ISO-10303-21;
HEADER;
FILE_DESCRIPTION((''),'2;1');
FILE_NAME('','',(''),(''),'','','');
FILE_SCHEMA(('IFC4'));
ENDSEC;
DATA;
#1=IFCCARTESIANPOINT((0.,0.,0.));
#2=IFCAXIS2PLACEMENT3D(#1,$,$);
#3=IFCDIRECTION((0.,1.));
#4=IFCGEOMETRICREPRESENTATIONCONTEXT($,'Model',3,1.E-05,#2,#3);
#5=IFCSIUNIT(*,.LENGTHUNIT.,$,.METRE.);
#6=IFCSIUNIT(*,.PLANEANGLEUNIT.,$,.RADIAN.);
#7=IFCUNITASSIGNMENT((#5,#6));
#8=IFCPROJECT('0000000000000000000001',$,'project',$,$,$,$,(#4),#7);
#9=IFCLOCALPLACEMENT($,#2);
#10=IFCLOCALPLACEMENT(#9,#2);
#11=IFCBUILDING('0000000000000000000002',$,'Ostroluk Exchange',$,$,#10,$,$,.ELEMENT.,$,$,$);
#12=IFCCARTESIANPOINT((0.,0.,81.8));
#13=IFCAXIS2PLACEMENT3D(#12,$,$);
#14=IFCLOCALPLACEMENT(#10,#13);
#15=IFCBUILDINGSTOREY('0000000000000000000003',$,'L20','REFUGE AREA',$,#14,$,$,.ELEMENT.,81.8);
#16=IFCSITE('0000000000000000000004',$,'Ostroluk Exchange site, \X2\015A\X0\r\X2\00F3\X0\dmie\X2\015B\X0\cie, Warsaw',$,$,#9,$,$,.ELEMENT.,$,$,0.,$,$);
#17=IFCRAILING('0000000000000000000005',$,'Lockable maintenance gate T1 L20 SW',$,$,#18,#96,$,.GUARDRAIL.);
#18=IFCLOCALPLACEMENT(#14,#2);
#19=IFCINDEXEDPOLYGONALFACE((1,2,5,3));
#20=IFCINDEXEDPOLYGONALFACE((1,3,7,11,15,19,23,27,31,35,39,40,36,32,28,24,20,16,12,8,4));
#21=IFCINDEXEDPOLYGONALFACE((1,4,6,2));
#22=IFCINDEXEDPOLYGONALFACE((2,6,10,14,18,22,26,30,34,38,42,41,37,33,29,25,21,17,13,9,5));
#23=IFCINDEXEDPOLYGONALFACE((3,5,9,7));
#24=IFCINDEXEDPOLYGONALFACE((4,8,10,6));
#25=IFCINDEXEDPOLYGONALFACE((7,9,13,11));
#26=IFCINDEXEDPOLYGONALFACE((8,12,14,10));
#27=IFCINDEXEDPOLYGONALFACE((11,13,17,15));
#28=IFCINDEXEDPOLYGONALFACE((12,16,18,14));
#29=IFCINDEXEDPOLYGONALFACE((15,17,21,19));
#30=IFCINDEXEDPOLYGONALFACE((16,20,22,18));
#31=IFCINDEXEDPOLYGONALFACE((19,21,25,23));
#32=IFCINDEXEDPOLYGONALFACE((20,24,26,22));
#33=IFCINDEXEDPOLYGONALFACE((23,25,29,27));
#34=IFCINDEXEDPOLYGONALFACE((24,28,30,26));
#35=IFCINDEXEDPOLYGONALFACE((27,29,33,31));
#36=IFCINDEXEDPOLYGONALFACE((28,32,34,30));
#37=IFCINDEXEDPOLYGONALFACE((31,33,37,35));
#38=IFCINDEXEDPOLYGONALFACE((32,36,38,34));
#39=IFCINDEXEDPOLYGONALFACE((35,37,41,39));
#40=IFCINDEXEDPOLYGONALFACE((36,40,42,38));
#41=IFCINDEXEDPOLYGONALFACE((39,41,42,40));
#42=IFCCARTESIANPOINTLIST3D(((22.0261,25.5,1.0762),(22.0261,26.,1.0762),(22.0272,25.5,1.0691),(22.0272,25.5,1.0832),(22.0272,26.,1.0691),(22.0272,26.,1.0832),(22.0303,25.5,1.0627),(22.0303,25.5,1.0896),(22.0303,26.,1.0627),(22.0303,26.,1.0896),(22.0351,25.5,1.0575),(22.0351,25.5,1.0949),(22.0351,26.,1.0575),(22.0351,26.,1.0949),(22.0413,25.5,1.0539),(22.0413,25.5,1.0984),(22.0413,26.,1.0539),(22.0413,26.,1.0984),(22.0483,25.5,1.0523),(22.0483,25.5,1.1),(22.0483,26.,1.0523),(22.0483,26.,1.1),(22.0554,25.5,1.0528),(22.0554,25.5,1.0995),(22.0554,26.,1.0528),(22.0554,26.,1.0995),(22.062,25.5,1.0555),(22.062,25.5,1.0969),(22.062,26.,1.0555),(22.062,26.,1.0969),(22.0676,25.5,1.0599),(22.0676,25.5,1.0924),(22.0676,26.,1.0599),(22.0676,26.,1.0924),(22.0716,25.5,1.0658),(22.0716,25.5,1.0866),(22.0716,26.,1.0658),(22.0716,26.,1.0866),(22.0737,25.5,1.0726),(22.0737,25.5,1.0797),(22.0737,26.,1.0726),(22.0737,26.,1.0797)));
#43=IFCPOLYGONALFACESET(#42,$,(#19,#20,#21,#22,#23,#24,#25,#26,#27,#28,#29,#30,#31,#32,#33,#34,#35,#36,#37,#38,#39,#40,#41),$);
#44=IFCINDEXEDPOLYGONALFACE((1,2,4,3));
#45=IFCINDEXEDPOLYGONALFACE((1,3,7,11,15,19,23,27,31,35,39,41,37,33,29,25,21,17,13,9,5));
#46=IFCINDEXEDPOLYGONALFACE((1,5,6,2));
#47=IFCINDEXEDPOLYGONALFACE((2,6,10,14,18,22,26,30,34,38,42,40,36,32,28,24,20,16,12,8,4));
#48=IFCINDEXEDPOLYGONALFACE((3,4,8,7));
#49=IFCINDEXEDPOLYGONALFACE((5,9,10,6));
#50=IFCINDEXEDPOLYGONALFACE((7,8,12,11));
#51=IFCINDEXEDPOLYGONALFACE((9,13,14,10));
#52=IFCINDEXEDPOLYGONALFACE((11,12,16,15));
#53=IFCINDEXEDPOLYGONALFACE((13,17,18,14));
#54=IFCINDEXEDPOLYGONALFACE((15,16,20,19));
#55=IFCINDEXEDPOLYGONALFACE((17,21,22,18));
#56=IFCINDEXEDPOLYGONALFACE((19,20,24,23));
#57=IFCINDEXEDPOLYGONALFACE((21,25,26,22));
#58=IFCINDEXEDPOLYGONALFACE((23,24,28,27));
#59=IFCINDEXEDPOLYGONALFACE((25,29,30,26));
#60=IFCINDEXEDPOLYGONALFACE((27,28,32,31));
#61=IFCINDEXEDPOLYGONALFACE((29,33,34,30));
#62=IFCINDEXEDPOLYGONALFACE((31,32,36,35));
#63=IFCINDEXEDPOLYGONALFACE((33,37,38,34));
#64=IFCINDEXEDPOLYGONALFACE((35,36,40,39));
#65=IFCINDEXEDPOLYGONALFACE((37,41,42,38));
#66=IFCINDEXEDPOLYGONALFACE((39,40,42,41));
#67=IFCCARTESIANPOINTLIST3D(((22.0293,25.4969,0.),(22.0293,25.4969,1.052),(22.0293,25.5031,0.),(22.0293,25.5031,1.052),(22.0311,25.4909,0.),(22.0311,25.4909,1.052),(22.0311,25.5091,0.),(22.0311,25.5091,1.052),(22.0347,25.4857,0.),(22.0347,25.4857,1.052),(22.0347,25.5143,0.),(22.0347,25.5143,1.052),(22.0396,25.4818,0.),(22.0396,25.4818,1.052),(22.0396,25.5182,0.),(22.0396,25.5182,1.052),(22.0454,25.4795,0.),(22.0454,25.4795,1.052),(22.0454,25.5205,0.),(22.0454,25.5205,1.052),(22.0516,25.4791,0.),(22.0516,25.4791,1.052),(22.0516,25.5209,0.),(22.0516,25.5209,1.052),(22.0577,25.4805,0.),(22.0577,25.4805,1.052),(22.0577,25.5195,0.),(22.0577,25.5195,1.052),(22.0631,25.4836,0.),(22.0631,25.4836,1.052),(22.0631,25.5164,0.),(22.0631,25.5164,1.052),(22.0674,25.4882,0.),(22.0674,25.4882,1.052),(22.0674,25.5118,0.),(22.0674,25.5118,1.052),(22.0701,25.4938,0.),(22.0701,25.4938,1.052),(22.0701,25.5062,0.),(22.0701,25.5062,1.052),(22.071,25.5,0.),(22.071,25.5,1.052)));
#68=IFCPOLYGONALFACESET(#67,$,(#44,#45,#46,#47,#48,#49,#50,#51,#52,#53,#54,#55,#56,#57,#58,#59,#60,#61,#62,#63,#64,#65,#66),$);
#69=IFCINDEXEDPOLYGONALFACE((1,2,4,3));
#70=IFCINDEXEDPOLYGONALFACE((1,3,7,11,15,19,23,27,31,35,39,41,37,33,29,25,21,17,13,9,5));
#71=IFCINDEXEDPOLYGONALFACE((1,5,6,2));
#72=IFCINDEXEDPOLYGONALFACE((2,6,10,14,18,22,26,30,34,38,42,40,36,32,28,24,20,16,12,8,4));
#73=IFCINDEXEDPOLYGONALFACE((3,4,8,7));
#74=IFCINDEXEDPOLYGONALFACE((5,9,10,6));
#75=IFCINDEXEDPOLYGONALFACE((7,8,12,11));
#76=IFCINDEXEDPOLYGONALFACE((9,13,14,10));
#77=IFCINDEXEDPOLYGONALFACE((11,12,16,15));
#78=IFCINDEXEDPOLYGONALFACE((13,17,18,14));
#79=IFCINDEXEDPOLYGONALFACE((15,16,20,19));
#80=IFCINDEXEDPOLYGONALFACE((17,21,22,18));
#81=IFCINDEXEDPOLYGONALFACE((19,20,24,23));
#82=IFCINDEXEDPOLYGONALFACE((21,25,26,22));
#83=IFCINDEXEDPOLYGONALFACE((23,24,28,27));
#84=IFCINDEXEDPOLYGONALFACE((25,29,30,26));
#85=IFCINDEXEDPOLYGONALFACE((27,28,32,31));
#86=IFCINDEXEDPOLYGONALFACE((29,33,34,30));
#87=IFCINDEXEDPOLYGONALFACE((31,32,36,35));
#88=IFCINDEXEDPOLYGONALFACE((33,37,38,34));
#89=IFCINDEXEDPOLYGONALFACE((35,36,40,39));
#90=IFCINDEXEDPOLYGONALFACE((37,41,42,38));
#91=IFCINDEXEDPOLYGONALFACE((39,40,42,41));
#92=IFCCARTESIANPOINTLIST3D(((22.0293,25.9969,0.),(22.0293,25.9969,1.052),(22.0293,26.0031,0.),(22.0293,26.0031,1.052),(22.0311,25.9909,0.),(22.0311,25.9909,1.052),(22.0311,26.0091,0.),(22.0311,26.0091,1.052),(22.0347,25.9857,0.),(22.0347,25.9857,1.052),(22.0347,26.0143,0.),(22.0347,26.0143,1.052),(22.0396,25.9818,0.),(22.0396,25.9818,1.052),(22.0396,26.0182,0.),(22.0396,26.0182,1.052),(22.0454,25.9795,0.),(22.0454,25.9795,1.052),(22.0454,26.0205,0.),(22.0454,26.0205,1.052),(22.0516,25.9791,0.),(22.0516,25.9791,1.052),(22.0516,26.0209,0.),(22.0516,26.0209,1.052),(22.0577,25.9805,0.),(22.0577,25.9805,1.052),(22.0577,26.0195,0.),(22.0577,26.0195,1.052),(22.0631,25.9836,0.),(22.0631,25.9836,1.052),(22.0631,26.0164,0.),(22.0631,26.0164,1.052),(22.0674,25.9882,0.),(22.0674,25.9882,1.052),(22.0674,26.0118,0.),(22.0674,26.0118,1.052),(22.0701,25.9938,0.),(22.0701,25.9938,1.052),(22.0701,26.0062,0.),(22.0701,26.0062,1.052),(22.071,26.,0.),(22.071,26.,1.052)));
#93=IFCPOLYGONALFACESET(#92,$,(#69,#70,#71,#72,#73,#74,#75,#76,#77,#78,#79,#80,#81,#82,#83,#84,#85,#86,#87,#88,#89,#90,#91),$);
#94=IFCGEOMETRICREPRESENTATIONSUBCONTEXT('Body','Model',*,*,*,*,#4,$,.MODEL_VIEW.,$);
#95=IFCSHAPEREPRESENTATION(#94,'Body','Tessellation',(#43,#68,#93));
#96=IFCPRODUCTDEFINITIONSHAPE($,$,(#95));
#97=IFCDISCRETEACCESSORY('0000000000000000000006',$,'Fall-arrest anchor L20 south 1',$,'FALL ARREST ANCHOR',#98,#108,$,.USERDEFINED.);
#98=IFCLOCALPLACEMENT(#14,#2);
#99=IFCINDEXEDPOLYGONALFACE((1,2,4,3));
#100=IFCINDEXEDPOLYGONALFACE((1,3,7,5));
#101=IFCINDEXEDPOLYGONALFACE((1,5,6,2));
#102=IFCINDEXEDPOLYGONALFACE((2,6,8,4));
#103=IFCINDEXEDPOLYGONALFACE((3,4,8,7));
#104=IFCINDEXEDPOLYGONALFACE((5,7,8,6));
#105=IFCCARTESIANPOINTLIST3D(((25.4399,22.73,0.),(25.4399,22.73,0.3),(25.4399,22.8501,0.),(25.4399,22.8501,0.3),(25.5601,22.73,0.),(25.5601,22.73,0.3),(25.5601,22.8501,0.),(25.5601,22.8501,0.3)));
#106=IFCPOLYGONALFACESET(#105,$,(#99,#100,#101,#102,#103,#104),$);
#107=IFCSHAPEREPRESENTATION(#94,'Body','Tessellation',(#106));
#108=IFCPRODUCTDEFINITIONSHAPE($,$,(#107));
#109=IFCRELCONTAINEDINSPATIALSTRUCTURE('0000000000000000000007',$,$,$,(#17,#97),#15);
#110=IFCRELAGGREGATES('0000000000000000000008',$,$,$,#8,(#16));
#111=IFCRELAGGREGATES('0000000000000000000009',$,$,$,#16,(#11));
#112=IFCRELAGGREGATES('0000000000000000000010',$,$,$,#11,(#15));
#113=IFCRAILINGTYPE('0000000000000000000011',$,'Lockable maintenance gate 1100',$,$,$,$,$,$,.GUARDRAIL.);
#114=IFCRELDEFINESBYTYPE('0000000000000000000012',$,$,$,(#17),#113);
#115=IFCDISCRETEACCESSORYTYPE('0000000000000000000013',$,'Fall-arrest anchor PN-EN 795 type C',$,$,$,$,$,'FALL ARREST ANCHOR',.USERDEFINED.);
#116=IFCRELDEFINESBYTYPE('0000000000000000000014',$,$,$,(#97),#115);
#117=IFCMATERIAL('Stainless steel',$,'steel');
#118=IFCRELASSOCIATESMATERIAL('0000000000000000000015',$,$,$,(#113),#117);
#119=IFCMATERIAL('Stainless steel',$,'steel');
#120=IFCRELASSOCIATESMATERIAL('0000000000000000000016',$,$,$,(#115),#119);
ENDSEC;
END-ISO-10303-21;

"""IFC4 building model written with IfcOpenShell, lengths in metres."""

from ifc_helpers import new_model, si_unit, direction, frame, origin, origin_2d, place, context, subcontext, project, spatial, rectangle, circle, extrude, material, type_object, element, save


model = new_model("IFC4")

# Units and contexts
model_context = context("Model", 3, precision=1e-05, world=origin(), true_north=direction((0.0, 1.0)))
body_context = subcontext(model_context, "Body", "Model", "MODEL_VIEW")
ifc_project = project(units=[si_unit("LENGTHUNIT", "METRE"), si_unit("PLANEANGLEUNIT", "RADIAN")], contexts=[model_context])

# Site, building, storey
site_placement = place(None, origin())
site = spatial("IfcSite", under=ifc_project, at=site_placement, Name="Ostroluk Exchange site, Śródmieście, Warsaw", CompositionType="ELEMENT", RefElevation=0.0)
building_placement = place(site_placement, origin())
building = spatial("IfcBuilding", under=site, at=building_placement, Name="Ostroluk Exchange", CompositionType="ELEMENT")
storey_placement = place(building_placement, frame((0.0, 0.0, 81.8)))
storey = spatial("IfcBuildingStorey", under=building, at=storey_placement, Name="L20", Description="REFUGE AREA", CompositionType="ELEMENT", Elevation=81.8)

# Railing
ifc_material_1 = material(Name="Stainless steel", Category="steel")
railing_type_1 = type_object("IfcRailingType", Name="Lockable maintenance gate 1100", PredefinedType="GUARDRAIL", material=ifc_material_1)
railing_1_placement = place(storey_placement, frame((22.05, 25.5, 0.0)))
element("IfcRailing", 1, at=railing_1_placement, inside=storey, type_object=railing_type_1, Name="Lockable maintenance gate T1 L20 SW", PredefinedType="GUARDRAIL", context=body_context, shape_type="SweptSolid", body=[
    extrude(circle(Radius=0.0239, at=origin_2d()), frame((0.0, 0.0, 1.0762), z_axis=(0.0, 1.0, 0.0), x_axis=(-1.0, 0.0, 0.0)), (0.0, 0.0, 1.0), 0.5),
    extrude(circle(Radius=0.021, at=origin_2d()), origin(), (0.0, 0.0, 1.0), 1.052),
    extrude(circle(Radius=0.021, at=origin_2d()), frame((0.0, 0.5, 0.0)), (0.0, 0.0, 1.0), 1.052),
])

# Discrete accessory
ifc_material_2 = material(Name="Stainless steel", Category="steel")
discrete_accessory_type = type_object("IfcDiscreteAccessoryType", Name="Fall-arrest anchor PN-EN 795 type C", ElementType="FALL ARREST ANCHOR", PredefinedType="USERDEFINED", material=ifc_material_2)
discrete_accessory_placement = place(storey_placement, frame((25.5, 22.79, 0.0), z_axis=(0.0, 0.0, 1.0), x_axis=(1.0, 0.0, 0.0)))
element("IfcDiscreteAccessory", 2, at=discrete_accessory_placement, inside=storey, type_object=discrete_accessory_type, Name="Fall-arrest anchor L20 south 1", ObjectType="FALL ARREST ANCHOR", PredefinedType="USERDEFINED", context=body_context, shape_type="SweptSolid", body=[
    extrude(rectangle(XDim=0.1201, YDim=0.1201, at=origin_2d()), origin(), (0.0, 0.0, 1.0), 0.3),
])

save(model, "model.ifc")
